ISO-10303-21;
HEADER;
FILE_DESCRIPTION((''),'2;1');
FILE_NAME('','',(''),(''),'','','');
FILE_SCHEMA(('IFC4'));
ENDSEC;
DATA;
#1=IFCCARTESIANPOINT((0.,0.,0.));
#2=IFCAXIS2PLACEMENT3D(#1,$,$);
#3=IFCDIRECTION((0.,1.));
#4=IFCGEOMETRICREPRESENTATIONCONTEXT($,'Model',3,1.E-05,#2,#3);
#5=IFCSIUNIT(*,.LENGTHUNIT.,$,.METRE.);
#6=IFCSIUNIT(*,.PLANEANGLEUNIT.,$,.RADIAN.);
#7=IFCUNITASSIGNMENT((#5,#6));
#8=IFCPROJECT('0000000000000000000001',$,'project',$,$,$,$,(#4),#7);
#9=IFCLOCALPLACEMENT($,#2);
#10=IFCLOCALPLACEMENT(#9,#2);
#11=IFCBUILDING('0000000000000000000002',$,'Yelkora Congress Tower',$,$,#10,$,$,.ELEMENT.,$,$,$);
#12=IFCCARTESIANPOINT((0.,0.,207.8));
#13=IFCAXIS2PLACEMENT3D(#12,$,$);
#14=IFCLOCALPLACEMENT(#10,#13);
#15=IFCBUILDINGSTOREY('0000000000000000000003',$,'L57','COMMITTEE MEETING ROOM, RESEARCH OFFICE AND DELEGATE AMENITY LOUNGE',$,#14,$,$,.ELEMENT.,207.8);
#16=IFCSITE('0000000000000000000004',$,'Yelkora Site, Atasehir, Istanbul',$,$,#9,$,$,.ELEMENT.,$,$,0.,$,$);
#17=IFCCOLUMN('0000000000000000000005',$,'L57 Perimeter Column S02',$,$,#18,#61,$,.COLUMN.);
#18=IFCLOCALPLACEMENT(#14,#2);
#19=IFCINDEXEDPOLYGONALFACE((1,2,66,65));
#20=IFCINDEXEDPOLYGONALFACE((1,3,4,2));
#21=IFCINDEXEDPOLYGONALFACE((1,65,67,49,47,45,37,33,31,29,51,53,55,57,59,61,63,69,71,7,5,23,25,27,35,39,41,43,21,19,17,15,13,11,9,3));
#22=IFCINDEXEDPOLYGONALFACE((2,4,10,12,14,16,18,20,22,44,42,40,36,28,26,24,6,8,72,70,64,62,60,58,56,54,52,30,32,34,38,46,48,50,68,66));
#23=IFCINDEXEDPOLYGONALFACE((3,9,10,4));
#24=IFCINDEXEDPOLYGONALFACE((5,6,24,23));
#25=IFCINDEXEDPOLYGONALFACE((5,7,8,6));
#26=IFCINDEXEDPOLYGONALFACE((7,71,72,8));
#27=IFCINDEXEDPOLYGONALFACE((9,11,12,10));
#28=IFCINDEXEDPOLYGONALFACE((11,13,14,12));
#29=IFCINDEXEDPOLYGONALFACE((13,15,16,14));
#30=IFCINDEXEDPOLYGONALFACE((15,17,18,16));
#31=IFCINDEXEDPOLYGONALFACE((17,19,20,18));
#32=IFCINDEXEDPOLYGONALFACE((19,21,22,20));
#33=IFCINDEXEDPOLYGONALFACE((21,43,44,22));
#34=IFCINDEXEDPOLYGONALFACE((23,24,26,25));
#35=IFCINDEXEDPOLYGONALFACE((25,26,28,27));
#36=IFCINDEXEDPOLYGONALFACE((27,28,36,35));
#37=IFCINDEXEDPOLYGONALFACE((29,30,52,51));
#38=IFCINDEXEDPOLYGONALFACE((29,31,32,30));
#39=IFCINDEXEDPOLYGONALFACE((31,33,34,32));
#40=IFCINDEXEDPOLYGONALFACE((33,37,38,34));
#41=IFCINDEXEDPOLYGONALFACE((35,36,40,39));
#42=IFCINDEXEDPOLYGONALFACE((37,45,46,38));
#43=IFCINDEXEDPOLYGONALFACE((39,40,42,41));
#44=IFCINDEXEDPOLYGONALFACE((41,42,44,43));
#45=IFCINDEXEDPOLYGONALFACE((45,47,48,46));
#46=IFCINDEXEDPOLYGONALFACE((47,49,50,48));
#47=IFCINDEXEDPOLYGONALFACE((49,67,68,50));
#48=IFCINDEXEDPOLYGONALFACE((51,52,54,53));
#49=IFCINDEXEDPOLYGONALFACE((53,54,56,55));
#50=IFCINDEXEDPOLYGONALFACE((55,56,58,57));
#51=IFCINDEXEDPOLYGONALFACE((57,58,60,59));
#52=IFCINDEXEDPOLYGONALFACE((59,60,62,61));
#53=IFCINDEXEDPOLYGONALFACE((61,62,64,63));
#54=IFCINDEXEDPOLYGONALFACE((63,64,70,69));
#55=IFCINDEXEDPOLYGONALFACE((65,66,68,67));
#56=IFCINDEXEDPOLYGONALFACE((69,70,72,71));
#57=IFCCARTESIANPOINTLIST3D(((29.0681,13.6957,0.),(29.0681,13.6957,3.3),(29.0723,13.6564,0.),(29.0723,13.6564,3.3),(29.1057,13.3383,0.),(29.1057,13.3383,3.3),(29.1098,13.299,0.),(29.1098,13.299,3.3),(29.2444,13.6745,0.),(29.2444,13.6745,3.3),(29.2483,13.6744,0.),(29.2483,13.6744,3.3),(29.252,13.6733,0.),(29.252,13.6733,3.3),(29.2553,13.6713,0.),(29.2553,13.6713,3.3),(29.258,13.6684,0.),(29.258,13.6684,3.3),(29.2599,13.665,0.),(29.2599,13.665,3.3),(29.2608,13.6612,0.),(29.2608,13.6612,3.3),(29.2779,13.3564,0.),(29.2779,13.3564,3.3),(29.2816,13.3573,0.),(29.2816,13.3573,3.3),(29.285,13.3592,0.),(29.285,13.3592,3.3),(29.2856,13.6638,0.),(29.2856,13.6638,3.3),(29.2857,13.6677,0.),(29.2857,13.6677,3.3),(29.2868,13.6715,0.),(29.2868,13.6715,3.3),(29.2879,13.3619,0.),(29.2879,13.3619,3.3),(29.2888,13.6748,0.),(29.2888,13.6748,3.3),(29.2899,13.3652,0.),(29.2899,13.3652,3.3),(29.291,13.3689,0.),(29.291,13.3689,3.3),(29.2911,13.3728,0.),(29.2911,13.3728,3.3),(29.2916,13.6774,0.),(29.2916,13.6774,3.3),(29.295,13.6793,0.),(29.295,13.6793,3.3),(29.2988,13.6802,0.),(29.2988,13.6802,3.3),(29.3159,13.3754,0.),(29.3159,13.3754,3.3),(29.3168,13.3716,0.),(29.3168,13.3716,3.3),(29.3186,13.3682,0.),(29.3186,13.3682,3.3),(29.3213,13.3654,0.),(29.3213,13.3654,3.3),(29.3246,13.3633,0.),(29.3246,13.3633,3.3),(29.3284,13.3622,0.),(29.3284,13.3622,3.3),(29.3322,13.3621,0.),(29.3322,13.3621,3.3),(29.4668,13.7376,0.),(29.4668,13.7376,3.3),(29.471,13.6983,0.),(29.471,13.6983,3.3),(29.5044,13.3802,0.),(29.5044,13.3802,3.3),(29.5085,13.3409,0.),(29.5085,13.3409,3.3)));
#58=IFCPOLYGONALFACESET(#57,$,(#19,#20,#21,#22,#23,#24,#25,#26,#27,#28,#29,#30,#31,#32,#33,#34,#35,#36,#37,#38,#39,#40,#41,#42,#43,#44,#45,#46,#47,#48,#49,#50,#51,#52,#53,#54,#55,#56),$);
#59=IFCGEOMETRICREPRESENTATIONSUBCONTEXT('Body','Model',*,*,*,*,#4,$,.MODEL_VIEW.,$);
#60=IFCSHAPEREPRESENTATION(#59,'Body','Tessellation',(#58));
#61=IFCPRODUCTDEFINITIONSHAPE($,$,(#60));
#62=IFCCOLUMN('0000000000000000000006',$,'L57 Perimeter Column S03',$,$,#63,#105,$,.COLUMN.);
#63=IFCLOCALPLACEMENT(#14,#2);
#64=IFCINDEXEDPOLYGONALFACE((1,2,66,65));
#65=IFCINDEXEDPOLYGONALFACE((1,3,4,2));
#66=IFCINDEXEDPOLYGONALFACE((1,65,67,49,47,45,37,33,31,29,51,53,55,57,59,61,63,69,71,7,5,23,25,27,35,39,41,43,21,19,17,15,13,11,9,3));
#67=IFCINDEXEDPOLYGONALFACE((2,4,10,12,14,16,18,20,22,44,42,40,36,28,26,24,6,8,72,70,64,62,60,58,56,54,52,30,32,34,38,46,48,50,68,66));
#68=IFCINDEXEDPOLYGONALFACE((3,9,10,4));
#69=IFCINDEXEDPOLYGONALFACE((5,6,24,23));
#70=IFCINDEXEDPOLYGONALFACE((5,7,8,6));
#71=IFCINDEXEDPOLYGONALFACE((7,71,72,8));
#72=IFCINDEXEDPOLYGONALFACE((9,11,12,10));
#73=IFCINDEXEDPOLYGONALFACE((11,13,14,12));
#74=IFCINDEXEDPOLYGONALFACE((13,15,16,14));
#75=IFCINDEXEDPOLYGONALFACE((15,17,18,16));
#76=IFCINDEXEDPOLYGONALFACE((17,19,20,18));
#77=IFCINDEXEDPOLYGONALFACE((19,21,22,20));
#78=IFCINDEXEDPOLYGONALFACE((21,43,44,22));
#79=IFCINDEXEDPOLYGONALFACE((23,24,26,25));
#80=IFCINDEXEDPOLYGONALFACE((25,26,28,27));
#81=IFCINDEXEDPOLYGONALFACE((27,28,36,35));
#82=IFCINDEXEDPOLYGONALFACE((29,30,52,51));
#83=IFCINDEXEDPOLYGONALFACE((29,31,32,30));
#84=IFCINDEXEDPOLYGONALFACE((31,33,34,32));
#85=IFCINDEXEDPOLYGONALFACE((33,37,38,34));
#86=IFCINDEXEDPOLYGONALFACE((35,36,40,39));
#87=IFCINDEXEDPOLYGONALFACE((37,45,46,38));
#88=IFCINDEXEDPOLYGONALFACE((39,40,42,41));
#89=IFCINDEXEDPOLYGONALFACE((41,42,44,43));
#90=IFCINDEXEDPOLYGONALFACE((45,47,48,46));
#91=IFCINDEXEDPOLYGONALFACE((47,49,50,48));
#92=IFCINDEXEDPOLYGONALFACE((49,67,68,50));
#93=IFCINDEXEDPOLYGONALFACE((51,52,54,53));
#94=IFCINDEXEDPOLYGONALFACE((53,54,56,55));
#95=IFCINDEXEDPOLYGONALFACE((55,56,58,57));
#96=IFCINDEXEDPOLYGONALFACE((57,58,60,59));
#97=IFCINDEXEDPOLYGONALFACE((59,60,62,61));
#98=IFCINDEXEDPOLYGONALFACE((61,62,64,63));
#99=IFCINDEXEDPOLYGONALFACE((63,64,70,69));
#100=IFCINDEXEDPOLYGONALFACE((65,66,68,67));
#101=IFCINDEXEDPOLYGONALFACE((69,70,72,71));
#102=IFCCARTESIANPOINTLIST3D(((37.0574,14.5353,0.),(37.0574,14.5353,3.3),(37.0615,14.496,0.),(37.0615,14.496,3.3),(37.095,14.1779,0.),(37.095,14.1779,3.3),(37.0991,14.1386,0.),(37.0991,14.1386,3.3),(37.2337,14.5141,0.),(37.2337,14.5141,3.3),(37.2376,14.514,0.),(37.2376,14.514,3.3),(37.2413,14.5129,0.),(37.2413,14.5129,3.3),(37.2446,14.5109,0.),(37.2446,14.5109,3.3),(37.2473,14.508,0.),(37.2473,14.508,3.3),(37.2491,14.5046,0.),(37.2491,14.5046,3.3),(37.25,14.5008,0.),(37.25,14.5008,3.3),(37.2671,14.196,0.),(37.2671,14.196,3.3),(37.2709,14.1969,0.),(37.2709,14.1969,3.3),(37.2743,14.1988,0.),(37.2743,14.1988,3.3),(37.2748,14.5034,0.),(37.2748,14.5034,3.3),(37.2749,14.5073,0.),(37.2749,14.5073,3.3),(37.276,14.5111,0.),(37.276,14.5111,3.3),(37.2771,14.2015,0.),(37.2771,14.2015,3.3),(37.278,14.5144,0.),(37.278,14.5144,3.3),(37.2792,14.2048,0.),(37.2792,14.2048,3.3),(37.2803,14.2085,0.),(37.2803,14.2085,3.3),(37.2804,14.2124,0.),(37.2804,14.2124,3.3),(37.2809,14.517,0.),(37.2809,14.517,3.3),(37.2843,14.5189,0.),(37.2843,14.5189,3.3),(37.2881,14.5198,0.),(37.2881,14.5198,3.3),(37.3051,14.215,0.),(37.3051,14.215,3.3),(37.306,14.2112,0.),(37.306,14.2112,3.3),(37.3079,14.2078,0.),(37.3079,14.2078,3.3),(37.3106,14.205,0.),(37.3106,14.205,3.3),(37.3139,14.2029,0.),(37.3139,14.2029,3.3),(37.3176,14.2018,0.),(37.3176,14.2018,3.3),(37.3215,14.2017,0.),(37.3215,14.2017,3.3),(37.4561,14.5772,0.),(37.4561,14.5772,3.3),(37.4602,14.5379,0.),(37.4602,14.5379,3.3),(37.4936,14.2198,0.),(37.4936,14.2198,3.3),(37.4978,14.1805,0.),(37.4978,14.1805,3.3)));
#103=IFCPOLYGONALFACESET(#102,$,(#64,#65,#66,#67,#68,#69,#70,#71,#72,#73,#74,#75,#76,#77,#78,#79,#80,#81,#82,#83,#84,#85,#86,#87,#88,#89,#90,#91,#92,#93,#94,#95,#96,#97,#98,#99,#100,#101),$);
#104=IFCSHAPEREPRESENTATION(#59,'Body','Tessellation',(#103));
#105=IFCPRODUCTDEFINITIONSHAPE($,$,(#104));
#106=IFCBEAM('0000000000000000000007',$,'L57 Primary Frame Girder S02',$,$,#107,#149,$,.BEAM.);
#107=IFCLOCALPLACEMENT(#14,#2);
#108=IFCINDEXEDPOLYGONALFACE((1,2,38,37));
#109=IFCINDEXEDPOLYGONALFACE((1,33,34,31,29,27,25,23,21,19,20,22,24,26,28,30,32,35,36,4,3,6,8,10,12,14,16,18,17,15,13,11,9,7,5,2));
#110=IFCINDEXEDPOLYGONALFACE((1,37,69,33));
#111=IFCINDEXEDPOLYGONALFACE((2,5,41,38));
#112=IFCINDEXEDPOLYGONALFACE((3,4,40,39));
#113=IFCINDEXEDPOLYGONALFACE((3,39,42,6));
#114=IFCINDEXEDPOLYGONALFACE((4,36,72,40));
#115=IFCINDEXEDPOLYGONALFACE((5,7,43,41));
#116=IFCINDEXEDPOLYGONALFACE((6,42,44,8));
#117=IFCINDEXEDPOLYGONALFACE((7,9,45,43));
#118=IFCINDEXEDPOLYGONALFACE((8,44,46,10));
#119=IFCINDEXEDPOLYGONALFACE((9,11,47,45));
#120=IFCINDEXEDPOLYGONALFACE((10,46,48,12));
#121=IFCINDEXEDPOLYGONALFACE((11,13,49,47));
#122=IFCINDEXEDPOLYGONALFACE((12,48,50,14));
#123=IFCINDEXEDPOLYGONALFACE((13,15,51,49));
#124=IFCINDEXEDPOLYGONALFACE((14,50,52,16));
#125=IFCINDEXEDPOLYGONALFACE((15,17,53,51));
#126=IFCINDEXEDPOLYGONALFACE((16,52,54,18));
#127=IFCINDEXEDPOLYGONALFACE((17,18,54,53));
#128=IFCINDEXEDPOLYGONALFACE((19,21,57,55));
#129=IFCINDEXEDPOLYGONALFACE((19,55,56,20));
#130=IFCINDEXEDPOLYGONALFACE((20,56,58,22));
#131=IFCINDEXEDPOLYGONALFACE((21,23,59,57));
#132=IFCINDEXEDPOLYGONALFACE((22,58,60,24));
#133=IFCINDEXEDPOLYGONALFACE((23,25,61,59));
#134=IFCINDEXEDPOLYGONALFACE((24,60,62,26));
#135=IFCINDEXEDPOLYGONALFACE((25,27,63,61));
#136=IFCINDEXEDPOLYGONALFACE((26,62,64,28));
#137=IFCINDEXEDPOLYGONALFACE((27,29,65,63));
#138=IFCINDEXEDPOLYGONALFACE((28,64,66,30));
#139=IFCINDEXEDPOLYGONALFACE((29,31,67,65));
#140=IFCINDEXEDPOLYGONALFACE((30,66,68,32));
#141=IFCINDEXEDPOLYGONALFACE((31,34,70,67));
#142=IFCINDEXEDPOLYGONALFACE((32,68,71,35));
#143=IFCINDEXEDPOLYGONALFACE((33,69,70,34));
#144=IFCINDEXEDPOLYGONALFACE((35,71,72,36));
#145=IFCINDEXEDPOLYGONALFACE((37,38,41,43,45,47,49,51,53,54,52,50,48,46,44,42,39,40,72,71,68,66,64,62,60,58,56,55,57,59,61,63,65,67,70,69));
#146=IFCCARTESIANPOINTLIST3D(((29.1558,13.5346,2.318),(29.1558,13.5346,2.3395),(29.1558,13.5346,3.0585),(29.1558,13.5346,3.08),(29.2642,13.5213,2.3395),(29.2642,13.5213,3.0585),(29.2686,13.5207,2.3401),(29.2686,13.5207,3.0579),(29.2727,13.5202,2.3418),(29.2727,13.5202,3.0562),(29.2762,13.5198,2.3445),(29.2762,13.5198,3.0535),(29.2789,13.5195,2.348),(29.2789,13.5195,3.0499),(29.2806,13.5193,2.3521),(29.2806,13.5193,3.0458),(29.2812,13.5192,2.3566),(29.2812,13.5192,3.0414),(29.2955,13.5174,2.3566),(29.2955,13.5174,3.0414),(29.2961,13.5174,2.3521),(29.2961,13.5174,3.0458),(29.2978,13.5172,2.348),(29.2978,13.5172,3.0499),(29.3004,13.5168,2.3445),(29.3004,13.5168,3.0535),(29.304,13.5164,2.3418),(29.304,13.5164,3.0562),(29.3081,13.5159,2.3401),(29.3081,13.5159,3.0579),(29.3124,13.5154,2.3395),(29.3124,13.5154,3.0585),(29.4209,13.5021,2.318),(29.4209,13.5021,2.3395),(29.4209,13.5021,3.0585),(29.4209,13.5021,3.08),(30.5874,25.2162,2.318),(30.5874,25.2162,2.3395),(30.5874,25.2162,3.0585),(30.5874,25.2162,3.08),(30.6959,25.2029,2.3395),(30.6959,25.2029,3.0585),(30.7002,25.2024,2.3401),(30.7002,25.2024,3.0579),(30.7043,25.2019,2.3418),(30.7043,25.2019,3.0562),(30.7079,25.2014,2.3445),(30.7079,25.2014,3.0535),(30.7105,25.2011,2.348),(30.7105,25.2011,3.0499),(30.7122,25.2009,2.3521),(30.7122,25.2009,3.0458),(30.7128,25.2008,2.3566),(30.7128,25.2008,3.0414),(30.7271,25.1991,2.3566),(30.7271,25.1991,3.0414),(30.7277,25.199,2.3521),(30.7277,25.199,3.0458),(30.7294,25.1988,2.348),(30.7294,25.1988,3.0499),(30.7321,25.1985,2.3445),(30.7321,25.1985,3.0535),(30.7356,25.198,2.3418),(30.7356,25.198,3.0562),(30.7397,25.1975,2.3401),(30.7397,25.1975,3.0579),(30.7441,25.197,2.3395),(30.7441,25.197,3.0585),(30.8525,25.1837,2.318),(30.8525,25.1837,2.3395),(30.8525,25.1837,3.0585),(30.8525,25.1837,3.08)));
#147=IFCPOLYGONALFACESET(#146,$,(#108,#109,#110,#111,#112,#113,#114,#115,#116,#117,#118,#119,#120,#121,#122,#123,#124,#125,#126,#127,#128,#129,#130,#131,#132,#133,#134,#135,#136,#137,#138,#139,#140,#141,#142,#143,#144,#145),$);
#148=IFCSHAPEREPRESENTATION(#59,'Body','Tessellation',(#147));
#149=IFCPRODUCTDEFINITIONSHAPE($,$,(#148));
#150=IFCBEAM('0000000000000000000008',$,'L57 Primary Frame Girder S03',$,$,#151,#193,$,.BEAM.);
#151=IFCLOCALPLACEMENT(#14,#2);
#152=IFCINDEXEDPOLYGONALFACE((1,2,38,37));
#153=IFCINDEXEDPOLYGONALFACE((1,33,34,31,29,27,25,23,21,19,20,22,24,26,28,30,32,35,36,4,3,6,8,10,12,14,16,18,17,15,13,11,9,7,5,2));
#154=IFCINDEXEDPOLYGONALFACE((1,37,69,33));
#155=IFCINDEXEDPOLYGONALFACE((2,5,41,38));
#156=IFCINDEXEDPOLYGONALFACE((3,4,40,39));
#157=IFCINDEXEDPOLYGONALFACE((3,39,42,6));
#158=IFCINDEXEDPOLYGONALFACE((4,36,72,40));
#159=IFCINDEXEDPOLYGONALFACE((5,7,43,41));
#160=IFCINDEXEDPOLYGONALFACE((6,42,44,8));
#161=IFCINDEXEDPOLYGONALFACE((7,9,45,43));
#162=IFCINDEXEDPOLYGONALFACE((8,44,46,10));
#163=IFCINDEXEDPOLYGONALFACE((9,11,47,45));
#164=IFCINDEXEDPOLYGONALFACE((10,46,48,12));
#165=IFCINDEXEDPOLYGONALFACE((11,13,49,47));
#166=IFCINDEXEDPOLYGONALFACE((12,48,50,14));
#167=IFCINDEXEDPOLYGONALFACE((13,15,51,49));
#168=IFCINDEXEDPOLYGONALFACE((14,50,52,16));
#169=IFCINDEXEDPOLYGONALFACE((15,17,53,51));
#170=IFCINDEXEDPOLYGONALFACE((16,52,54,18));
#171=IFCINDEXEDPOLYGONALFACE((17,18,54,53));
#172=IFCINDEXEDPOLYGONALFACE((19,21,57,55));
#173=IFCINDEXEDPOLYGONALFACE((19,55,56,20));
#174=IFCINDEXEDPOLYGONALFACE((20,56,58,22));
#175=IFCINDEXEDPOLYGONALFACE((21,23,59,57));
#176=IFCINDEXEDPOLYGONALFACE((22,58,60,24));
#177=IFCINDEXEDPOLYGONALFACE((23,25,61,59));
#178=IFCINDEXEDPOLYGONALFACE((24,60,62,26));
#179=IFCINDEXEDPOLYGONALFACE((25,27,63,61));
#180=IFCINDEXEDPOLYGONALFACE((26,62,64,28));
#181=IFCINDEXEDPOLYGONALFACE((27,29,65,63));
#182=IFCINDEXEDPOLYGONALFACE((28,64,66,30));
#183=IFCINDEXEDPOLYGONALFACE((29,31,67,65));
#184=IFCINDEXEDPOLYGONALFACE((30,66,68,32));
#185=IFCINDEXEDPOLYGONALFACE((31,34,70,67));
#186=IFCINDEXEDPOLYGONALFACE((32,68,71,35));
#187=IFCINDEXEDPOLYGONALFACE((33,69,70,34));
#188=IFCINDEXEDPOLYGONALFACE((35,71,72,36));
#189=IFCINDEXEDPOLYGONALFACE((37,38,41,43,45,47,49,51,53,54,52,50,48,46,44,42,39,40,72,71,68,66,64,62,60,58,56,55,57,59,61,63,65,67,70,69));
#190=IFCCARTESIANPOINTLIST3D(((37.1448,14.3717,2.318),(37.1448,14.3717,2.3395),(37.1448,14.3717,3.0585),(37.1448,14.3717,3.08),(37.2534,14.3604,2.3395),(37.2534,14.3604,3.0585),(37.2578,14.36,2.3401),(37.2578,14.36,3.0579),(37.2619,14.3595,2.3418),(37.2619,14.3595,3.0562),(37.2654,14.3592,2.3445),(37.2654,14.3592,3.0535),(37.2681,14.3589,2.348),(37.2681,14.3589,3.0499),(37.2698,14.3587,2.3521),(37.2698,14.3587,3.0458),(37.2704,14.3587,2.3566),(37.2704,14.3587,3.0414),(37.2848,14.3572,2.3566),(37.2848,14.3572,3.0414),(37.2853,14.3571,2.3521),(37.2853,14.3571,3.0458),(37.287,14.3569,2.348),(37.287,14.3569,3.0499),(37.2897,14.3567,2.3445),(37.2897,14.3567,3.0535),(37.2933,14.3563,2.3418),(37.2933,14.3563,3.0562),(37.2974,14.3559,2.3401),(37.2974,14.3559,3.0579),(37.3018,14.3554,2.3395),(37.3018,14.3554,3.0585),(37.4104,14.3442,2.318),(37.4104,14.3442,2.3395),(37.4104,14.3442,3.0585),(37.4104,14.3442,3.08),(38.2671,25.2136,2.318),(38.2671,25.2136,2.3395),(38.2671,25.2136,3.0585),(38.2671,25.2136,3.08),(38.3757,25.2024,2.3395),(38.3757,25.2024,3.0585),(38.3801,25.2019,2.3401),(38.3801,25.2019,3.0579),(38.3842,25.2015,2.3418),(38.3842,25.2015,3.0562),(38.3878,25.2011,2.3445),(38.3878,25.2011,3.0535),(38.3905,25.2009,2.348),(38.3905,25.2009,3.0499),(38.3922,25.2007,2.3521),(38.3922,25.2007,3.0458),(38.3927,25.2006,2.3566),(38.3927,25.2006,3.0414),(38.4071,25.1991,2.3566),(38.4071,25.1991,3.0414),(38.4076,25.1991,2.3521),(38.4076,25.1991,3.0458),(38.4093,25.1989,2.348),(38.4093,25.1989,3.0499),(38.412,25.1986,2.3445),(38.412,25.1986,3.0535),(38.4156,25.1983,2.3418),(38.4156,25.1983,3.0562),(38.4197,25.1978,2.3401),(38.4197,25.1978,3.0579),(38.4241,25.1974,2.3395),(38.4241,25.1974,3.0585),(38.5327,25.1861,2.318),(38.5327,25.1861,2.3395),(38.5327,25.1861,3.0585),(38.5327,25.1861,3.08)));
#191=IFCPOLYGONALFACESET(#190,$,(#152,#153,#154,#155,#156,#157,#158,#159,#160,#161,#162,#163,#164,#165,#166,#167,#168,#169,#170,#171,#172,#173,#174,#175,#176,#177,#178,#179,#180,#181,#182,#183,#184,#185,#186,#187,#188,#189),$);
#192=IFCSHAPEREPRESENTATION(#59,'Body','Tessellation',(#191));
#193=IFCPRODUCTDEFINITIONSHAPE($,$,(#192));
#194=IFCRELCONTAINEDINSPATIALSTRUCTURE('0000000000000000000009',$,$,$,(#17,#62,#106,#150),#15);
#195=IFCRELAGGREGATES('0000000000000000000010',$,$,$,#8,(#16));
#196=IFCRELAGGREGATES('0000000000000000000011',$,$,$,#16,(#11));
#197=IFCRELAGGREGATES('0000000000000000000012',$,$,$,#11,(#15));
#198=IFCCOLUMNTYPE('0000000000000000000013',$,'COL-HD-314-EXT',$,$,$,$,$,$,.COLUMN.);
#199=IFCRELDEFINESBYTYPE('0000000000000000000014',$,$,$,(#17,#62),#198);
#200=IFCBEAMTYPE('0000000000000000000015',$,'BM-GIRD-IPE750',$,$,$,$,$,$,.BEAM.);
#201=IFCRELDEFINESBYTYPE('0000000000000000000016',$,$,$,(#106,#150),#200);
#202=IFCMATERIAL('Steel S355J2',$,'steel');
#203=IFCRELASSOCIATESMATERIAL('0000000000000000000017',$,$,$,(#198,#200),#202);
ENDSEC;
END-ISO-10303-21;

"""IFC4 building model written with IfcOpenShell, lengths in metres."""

from ifc_helpers import new_model, si_unit, direction, frame, origin, origin_2d, place, context, subcontext, project, spatial, i_section, extrude, material, material_profile, profile_set, type_object, element, save


model = new_model("IFC4")

# Units and contexts
model_context = context("Model", 3, precision=1e-05, world=origin(), true_north=direction((0.0, 1.0)))
body_context = subcontext(model_context, "Body", "Model", "MODEL_VIEW")
ifc_project = project(units=[si_unit("LENGTHUNIT", "METRE"), si_unit("PLANEANGLEUNIT", "RADIAN")], contexts=[model_context])

# Site, building, storey
site_placement = place(None, origin())
site = spatial("IfcSite", under=ifc_project, at=site_placement, Name="Yelkora Site, Atasehir, Istanbul", CompositionType="ELEMENT", RefElevation=0.0)
building_placement = place(site_placement, origin())
building = spatial("IfcBuilding", under=site, at=building_placement, Name="Yelkora Congress Tower", CompositionType="ELEMENT")
storey_placement = place(building_placement, frame((0.0, 0.0, 207.8)))
storey = spatial("IfcBuildingStorey", under=building, at=storey_placement, Name="L57", Description="COMMITTEE MEETING ROOM, RESEARCH OFFICE AND DELEGATE AMENITY LOUNGE", CompositionType="ELEMENT", Elevation=207.8)

# Columns
ifc_material_1 = material(Name="Steel S355J2", Category="steel")
ifc_material_profile_1 = material_profile(ifc_material_1, i_section(OverallWidth=0.4009, OverallDepth=0.3989, WebThickness=0.0249, FlangeThickness=0.0396, FilletRadius=0.0149, at=origin_2d()), Name="HD 400x314")
ifc_profile_set_1 = profile_set([ifc_material_profile_1], Name="Steel S355J2")
column_type = type_object("IfcColumnType", Name="COL-HD-314-EXT", PredefinedType="COLUMN", material=ifc_profile_set_1)
for number, where, z_axis, x_axis, name in (
    (1, (29.2883, 13.5183, 0.0), (0.0, 0.0, 1.0), (0.994522, 0.104528, 0.0), "L57 Perimeter Column S02"),
    (2, (37.2776, 14.3579, 0.0), (0.0, 0.0, 1.0), (0.994522, 0.104528, 0.0), "L57 Perimeter Column S03"),
):
    element("IfcColumn", number, at=place(storey_placement, frame(where, z_axis=z_axis, x_axis=x_axis)), inside=storey, type_object=column_type, Name=name, PredefinedType="COLUMN", context=body_context, shape_type="SweptSolid", body=[
        extrude(i_section(OverallWidth=0.4009, OverallDepth=0.3989, WebThickness=0.0249, FlangeThickness=0.0396, FilletRadius=0.0149, at=origin_2d()), origin(), (0.0, 0.0, 1.0), 3.3),
    ])

# Beams
ifc_material_profile_2 = material_profile(ifc_material_1, i_section(OverallWidth=0.2671, OverallDepth=0.762, WebThickness=0.0144, FlangeThickness=0.0215, FilletRadius=0.0171, at=origin_2d()), Name="IPE 750x173")
ifc_profile_set_2 = profile_set([ifc_material_profile_2], Name="Steel S355J2")
beam_type_1 = type_object("IfcBeamType", Name="BM-GIRD-IPE750", PredefinedType="BEAM", material=ifc_profile_set_2)
beam_1_placement = place(storey_placement, frame((29.2883, 13.5183, 2.699), z_axis=(0.121645, 0.992574, 0.0), x_axis=(-0.992574, 0.121645, 0.0)))
element("IfcBeam", 3, at=beam_1_placement, inside=storey, type_object=beam_type_1, Name="L57 Primary Frame Girder S02", PredefinedType="BEAM", context=body_context, shape_type="SweptSolid", body=[
    extrude(i_section(OverallWidth=0.2671, OverallDepth=0.762, WebThickness=0.0144, FlangeThickness=0.0215, FilletRadius=0.0171, at=origin_2d()), origin(), (0.0, 0.0, 1.0), 11.769),
])
beam_2_placement = place(storey_placement, frame((37.2776, 14.3579, 2.699), z_axis=(0.102965, 0.994685, 0.0), x_axis=(-0.994685, 0.102965, 0.0)))
element("IfcBeam", 4, at=beam_2_placement, inside=storey, type_object=beam_type_1, Name="L57 Primary Frame Girder S03", PredefinedType="BEAM", context=body_context, shape_type="SweptSolid", body=[
    extrude(i_section(OverallWidth=0.2671, OverallDepth=0.762, WebThickness=0.0144, FlangeThickness=0.0215, FilletRadius=0.0171, at=origin_2d()), origin(), (0.0, 0.0, 1.0), 10.8999),
])

save(model, "model.ifc")
